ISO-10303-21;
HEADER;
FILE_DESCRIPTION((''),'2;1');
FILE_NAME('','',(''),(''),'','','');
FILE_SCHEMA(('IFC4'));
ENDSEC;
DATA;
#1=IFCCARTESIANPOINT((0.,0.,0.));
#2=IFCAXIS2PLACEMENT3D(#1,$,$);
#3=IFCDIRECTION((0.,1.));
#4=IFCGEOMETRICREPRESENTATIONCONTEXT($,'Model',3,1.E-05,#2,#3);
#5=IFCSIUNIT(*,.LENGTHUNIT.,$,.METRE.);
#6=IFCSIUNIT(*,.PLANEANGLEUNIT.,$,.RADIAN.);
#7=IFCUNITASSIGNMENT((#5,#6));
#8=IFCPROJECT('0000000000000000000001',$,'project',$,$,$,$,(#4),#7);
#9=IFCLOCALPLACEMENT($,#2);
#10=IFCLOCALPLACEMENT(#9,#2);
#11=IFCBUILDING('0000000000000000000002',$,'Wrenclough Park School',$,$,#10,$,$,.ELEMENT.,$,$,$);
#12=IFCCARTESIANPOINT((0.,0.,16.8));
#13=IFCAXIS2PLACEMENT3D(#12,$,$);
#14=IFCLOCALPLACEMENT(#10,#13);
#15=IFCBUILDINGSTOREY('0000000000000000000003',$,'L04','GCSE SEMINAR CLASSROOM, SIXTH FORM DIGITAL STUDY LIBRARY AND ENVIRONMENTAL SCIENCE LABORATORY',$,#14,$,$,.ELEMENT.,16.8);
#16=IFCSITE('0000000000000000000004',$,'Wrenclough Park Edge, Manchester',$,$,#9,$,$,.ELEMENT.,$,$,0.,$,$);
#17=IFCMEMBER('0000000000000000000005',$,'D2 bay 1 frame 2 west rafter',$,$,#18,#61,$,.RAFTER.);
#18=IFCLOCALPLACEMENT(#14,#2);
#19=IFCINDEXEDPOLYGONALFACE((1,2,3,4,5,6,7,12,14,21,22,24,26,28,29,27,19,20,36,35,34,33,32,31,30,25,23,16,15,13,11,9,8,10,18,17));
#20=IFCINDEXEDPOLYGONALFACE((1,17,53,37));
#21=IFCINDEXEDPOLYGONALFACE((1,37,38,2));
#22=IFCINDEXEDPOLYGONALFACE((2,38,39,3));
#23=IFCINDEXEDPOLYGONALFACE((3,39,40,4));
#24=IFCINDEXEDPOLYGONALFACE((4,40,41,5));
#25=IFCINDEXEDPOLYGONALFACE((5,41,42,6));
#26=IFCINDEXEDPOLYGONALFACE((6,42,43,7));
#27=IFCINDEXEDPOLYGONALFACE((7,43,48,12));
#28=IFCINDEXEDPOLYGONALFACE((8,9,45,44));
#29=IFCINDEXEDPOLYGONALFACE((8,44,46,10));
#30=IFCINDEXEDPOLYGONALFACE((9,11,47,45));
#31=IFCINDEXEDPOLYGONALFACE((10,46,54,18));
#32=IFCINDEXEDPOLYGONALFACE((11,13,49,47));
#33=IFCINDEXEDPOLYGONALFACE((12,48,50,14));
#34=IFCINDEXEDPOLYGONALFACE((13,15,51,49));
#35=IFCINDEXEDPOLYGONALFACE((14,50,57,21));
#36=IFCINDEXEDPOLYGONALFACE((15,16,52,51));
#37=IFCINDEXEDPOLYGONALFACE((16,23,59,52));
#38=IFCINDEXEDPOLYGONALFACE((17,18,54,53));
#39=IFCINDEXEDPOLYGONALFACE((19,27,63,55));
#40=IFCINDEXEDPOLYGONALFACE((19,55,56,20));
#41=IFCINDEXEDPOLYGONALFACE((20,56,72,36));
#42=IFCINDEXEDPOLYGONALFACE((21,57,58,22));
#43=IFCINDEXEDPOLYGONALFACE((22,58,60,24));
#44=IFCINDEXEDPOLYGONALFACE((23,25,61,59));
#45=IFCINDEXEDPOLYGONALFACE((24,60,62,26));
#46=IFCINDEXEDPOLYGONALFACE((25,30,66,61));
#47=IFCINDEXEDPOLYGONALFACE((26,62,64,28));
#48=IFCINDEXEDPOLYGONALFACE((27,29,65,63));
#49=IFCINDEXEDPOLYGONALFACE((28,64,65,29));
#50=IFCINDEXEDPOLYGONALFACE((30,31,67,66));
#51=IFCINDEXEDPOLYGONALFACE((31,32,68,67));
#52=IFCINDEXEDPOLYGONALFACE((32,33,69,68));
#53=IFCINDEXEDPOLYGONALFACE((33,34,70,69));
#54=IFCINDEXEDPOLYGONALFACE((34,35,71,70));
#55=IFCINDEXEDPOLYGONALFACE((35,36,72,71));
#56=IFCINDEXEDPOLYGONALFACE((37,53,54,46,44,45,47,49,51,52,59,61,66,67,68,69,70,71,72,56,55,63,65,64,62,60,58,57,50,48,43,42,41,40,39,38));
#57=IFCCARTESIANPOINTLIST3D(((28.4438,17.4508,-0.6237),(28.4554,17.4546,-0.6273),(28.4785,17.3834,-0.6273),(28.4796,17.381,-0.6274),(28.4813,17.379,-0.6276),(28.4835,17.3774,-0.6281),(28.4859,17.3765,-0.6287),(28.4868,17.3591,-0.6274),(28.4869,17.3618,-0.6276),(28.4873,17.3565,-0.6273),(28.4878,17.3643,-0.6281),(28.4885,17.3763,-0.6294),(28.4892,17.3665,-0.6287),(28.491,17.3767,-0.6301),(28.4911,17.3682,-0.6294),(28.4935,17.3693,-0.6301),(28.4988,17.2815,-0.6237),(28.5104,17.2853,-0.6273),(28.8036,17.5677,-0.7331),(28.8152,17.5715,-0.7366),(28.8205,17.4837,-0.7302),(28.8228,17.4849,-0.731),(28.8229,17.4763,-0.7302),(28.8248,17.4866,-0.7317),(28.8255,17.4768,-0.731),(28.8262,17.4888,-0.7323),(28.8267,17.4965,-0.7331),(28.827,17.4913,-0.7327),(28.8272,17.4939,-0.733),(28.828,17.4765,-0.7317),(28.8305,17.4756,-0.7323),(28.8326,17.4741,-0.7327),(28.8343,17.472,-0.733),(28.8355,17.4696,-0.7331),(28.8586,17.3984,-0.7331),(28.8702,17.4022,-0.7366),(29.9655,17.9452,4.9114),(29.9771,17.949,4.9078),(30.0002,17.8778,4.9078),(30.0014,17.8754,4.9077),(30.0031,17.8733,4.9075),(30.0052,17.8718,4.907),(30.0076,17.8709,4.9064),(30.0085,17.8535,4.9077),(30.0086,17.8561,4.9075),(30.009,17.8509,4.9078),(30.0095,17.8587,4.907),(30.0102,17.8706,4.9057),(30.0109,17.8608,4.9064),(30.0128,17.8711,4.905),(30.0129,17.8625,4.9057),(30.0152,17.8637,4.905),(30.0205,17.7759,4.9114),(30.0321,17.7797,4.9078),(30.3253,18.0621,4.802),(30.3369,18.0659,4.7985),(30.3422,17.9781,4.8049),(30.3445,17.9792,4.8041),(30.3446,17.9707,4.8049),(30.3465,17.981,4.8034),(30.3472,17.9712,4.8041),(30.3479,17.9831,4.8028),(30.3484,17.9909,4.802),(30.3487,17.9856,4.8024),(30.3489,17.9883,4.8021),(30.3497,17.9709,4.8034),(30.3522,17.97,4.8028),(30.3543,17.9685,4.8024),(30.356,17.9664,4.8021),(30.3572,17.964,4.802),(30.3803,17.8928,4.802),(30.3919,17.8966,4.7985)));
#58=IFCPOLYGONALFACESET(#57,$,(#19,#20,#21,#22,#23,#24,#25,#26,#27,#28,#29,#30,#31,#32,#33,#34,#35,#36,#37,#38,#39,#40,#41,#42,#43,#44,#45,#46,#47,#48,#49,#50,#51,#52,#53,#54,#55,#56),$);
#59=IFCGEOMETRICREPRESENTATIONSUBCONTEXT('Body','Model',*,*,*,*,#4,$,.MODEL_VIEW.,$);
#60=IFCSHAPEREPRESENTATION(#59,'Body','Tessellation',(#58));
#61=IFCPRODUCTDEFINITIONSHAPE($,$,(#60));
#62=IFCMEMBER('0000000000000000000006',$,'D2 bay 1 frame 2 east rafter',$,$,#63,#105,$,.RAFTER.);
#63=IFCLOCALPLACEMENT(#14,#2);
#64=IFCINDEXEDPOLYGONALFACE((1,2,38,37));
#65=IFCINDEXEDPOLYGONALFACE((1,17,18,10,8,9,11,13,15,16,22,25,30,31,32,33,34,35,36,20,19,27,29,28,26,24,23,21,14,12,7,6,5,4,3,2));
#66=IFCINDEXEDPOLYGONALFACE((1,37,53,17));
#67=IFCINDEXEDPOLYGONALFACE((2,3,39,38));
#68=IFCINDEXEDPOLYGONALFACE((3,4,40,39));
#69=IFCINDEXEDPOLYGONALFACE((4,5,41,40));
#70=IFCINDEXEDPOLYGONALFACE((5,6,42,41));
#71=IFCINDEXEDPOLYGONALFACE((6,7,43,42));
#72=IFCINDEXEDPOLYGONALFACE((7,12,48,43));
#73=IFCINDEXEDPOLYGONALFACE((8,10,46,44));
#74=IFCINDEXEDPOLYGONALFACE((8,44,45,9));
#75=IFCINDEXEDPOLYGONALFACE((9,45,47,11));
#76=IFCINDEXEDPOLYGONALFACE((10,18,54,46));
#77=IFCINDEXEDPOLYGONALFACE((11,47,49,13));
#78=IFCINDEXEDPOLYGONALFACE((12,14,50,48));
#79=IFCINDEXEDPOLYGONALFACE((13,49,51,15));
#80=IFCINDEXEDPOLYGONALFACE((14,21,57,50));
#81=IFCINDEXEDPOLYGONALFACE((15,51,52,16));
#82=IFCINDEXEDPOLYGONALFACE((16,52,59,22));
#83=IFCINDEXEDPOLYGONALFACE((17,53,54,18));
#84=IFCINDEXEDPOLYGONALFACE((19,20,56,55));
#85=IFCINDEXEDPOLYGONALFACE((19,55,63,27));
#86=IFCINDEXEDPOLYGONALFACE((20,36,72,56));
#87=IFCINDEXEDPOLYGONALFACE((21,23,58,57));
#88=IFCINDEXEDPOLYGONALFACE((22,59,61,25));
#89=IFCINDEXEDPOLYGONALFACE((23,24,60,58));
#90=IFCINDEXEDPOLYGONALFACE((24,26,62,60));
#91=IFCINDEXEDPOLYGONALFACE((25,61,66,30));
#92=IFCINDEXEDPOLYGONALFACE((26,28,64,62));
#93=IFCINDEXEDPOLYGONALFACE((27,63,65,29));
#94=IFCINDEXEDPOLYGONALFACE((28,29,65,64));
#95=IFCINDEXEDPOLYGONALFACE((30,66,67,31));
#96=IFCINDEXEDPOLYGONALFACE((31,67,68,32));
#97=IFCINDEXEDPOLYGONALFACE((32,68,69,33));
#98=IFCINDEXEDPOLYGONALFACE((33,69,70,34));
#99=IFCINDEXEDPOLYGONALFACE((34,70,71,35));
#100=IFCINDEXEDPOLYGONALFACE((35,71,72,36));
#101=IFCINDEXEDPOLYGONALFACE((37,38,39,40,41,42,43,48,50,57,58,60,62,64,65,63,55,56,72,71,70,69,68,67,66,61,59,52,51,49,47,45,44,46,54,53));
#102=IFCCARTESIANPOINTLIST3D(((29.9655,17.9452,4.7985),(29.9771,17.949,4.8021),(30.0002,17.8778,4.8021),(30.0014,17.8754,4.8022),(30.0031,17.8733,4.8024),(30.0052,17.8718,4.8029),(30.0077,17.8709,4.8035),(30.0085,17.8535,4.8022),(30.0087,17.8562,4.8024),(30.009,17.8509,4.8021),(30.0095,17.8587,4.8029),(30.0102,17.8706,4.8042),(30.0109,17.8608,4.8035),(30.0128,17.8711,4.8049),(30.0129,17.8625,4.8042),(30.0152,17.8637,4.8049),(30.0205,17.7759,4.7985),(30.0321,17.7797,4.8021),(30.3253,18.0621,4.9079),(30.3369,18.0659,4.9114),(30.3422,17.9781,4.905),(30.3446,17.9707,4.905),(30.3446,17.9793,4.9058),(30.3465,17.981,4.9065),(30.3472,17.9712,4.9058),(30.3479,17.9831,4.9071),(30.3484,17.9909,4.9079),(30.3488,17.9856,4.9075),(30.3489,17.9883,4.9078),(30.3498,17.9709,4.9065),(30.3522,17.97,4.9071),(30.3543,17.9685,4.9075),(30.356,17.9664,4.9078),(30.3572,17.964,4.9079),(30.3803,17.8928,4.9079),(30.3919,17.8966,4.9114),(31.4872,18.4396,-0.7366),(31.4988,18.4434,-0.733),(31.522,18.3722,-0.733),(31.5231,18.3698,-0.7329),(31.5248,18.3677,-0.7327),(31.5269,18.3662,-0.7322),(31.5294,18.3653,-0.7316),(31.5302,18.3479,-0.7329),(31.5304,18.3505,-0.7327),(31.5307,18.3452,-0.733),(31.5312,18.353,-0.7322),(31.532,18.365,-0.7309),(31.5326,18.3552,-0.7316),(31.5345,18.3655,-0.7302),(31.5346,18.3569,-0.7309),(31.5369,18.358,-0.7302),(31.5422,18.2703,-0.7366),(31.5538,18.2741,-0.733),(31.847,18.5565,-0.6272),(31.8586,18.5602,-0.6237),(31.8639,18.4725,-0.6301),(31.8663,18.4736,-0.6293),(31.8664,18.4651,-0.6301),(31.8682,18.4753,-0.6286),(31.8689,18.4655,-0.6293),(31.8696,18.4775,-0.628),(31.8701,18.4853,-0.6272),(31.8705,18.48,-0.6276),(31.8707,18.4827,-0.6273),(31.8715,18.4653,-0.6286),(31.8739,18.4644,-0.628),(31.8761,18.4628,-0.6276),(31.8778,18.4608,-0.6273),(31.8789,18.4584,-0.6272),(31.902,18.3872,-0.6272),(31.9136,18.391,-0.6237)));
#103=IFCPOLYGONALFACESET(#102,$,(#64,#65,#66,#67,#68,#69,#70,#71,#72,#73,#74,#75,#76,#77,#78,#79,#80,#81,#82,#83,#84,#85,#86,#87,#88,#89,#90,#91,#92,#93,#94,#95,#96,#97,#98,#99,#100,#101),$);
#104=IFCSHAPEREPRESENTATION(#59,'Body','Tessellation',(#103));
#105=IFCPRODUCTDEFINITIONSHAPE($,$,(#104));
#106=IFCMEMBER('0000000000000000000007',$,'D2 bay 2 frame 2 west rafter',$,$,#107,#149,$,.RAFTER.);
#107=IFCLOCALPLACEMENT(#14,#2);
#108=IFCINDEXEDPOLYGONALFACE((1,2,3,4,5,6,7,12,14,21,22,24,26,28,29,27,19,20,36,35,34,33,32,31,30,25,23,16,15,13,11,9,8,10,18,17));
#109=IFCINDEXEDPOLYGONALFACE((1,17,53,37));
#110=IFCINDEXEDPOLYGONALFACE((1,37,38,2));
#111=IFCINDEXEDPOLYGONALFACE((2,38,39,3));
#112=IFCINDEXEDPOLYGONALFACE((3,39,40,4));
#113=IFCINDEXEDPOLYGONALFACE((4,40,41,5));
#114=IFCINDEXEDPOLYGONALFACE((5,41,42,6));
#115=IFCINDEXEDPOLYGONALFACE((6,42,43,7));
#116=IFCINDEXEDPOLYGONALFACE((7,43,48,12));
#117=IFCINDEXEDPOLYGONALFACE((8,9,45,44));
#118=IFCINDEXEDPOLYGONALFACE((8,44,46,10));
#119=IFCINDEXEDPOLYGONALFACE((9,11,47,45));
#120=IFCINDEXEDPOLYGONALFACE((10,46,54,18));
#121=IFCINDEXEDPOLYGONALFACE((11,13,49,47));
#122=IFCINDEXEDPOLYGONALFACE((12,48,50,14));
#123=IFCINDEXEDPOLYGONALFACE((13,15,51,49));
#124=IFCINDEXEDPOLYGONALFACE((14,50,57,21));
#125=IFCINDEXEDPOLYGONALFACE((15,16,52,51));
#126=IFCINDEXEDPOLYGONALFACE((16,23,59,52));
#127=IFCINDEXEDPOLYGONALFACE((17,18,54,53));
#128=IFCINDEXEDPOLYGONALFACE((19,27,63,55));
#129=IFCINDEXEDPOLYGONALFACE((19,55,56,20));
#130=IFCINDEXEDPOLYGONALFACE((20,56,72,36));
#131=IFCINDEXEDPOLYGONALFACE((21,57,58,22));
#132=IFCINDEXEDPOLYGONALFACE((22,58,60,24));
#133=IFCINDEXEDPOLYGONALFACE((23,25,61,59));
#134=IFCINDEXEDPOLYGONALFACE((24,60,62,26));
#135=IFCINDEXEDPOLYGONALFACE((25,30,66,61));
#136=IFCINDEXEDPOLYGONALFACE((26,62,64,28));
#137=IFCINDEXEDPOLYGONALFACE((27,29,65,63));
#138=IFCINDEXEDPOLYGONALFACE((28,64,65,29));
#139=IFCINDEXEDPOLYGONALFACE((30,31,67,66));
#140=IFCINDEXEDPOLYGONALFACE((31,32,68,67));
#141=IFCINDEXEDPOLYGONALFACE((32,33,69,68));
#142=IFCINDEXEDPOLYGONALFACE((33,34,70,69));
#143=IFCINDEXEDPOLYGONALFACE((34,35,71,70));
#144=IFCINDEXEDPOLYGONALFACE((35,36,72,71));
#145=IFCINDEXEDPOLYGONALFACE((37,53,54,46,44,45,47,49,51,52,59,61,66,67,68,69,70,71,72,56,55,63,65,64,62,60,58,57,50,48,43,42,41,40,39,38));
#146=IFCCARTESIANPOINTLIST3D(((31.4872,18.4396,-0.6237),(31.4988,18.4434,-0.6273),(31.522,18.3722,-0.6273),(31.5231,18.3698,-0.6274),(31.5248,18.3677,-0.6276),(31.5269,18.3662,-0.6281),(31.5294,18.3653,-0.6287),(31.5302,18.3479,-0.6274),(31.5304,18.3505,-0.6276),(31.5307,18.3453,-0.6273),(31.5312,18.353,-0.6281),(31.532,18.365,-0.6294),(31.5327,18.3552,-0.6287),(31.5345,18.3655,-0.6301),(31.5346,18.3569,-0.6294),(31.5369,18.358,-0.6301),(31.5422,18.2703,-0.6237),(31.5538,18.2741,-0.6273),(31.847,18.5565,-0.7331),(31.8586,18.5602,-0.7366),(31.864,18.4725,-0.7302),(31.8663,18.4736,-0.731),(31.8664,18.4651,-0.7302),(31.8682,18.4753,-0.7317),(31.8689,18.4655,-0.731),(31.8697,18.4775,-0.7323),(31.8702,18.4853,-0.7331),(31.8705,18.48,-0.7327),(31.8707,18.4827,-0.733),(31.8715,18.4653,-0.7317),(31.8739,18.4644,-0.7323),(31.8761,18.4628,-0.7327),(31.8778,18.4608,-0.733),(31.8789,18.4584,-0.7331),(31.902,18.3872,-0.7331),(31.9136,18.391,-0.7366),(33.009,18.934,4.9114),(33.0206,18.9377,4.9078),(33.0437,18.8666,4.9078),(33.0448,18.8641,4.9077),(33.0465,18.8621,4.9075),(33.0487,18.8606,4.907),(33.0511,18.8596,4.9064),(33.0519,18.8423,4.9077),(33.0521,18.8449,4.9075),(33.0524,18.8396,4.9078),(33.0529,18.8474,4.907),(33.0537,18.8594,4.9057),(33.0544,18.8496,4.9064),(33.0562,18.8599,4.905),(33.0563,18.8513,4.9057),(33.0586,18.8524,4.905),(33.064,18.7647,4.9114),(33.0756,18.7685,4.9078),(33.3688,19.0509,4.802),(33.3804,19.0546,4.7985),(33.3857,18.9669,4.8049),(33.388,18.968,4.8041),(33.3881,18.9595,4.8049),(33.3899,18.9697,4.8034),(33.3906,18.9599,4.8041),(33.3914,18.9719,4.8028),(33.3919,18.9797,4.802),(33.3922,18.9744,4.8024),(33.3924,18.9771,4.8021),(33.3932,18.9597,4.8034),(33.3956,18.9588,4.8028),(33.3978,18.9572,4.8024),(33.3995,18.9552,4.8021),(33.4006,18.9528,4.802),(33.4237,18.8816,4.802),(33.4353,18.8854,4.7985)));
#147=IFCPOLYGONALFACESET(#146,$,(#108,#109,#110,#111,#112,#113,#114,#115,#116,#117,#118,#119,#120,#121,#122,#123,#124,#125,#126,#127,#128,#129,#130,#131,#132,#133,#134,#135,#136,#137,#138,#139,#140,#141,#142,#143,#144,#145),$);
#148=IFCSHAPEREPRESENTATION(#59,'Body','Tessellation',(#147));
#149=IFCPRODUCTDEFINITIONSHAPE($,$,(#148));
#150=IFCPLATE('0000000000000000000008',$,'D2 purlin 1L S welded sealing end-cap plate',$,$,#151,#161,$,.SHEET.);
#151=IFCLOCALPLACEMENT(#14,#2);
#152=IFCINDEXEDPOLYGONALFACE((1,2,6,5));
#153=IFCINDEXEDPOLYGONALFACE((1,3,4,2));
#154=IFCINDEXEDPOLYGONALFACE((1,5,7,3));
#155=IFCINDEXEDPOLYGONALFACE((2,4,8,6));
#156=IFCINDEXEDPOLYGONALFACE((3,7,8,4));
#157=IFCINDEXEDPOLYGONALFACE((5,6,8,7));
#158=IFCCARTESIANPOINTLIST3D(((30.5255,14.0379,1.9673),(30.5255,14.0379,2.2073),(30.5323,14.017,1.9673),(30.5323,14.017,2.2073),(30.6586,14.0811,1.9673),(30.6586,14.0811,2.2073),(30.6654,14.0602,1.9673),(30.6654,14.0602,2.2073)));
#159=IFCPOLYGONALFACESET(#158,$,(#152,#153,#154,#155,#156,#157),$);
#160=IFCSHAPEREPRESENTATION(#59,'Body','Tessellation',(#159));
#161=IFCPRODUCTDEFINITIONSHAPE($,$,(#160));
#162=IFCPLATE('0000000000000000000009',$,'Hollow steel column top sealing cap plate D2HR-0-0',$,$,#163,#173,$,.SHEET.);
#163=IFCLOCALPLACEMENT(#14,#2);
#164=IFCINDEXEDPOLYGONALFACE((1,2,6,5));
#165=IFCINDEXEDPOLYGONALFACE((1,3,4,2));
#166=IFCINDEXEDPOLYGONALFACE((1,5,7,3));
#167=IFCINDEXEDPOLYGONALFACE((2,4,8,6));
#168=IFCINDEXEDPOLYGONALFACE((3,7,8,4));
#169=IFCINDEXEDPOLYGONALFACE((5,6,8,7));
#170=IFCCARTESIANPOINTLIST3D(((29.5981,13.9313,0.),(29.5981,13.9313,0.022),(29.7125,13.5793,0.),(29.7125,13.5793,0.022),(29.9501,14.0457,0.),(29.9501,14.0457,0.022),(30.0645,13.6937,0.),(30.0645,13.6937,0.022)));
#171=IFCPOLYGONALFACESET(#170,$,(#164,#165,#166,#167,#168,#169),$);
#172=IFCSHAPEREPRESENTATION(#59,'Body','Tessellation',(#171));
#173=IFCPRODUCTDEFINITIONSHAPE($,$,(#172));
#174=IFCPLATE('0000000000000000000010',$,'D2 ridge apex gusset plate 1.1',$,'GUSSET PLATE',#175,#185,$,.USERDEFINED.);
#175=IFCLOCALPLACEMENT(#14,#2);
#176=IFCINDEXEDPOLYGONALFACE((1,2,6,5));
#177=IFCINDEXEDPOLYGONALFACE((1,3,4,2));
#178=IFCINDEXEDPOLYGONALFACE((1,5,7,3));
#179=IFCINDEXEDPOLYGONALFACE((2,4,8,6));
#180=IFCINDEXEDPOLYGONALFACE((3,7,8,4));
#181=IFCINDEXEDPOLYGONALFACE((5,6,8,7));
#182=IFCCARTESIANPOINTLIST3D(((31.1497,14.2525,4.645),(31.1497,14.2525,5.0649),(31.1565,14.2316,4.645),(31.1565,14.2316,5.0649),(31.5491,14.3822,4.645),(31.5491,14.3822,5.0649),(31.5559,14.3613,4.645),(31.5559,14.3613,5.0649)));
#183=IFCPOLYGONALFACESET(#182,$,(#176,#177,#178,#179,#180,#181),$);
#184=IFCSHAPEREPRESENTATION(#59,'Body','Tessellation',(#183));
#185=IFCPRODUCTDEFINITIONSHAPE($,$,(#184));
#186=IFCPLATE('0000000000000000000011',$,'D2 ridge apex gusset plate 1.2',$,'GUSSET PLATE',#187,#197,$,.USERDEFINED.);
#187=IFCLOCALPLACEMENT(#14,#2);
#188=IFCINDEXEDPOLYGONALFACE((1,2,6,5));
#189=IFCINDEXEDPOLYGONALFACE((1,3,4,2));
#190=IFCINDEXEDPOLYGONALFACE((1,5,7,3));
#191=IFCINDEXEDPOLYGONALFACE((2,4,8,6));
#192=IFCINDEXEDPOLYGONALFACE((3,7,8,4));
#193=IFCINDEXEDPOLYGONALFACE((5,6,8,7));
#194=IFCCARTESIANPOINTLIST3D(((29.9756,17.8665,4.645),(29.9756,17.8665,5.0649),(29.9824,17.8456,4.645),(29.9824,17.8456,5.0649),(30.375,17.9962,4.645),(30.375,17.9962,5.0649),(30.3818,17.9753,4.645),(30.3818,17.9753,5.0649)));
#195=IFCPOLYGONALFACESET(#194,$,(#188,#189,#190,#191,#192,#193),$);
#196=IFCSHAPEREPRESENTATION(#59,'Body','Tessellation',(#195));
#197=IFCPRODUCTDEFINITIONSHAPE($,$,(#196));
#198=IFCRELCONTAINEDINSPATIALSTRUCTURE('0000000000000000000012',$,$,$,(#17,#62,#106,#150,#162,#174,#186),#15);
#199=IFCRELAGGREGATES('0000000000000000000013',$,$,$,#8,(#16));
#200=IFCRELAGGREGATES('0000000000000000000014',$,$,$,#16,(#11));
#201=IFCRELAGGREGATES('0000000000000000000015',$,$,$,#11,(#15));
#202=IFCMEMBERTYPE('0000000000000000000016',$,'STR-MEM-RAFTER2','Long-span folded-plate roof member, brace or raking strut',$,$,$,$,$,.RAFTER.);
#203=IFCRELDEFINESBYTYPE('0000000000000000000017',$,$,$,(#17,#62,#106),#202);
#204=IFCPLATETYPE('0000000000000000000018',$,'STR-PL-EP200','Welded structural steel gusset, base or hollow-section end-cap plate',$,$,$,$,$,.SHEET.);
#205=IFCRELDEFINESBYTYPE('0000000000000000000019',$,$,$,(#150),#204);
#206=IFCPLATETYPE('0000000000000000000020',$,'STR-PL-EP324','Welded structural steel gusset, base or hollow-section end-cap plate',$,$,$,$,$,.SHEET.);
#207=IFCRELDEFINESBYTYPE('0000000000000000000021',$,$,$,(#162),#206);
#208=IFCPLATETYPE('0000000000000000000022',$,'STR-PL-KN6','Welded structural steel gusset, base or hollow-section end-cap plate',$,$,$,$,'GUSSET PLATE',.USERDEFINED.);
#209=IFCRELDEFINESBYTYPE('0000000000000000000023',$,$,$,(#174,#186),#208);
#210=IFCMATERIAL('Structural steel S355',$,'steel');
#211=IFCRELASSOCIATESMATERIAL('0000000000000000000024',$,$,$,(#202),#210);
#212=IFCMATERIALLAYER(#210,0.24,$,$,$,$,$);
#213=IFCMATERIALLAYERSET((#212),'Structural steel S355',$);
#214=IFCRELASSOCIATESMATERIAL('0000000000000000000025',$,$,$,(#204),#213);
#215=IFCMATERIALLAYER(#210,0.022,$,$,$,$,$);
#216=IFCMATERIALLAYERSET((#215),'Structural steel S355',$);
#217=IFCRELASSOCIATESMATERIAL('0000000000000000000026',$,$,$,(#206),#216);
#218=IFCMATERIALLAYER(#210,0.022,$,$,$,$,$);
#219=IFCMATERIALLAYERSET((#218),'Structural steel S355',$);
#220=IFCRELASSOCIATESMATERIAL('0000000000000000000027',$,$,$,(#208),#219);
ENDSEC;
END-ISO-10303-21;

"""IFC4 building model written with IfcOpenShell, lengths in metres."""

from ifc_helpers import new_model, si_unit, direction, frame, origin, origin_2d, place, context, subcontext, project, spatial, rectangle, i_section, extrude, material, layer, layer_set, material_profile, profile_set, type_object, element, save


model = new_model("IFC4")

# Units and contexts
model_context = context("Model", 3, precision=1e-05, world=origin(), true_north=direction((0.0, 1.0)))
body_context = subcontext(model_context, "Body", "Model", "MODEL_VIEW")
ifc_project = project(units=[si_unit("LENGTHUNIT", "METRE"), si_unit("PLANEANGLEUNIT", "RADIAN")], contexts=[model_context])

# Site, building, storey
site_placement = place(None, origin())
site = spatial("IfcSite", under=ifc_project, at=site_placement, Name="Wrenclough Park Edge, Manchester", CompositionType="ELEMENT", RefElevation=0.0)
building_placement = place(site_placement, origin())
building = spatial("IfcBuilding", under=site, at=building_placement, Name="Wrenclough Park School", CompositionType="ELEMENT")
storey_placement = place(building_placement, frame((0.0, 0.0, 16.8)))
storey = spatial("IfcBuildingStorey", under=building, at=storey_placement, Name="L04", Description="GCSE SEMINAR CLASSROOM, SIXTH FORM DIGITAL STUDY LIBRARY AND ENVIRONMENTAL SCIENCE LABORATORY", CompositionType="ELEMENT", Elevation=16.8)

# Shared definitions
ifc_material_1 = material(Name="Structural steel S355", Category="steel")

# Members
ifc_material_profile_1 = material_profile(ifc_material_1, i_section(OverallWidth=0.178, OverallDepth=0.4065, WebThickness=0.0078, FlangeThickness=0.0127, FilletRadius=0.0103, at=origin_2d()), Name="UKB 406x178x60")
ifc_profile_set_1 = profile_set([ifc_material_profile_1], Name="Structural steel S355")
member_type_1 = type_object("IfcMemberType", Name="STR-MEM-RAFTER2", Description="Long-span folded-plate roof member, brace or raking strut", PredefinedType="RAFTER", material=ifc_profile_set_1)
for number, where, z_axis, x_axis, name in (
    (1, (28.657, 17.4265, -0.6802), (0.264108, 0.085804, 0.960669), (-0.308986, 0.951067, 0.0), "D2 bay 1 frame 2 west rafter"),
    (2, (30.1787, 17.9209, 4.855), (0.264108, 0.085804, -0.960669), (-0.308986, 0.951067, 0.0), "D2 bay 1 frame 2 east rafter"),
    (3, (31.7004, 18.4153, -0.6802), (0.264108, 0.085804, 0.960669), (-0.308986, 0.951067, 0.0), "D2 bay 2 frame 2 west rafter"),
):
    element("IfcMember", number, at=place(storey_placement, frame(where, z_axis=z_axis, x_axis=x_axis)), inside=storey, type_object=member_type_1, Name=name, PredefinedType="RAFTER", context=body_context, shape_type="SweptSolid", body=[
        extrude(i_section(OverallWidth=0.178, OverallDepth=0.4065, WebThickness=0.0078, FlangeThickness=0.0127, FilletRadius=0.0103, at=origin_2d()), origin(), (0.0, 0.0, 1.0), 5.7617),
    ])

# Plates
ifc_layer_1 = layer(ifc_material_1, 0.24)
ifc_layer_set_1 = layer_set([ifc_layer_1], Name="Structural steel S355")
plate_type_1 = type_object("IfcPlateType", Name="STR-PL-EP200", Description="Welded structural steel gusset, base or hollow-section end-cap plate", PredefinedType="SHEET", material=ifc_layer_set_1)
plate_1_placement = place(storey_placement, frame((30.5955, 14.0491, 1.9673), z_axis=(0.0, 0.0, 1.0), x_axis=(-0.309017, 0.951057, 0.0)))
element("IfcPlate", 4, at=plate_1_placement, inside=storey, type_object=plate_type_1, Name="D2 purlin 1L S welded sealing end-cap plate", PredefinedType="SHEET", context=body_context, shape_type="SweptSolid", body=[
    extrude(rectangle(XDim=0.022, YDim=0.1399, at=origin_2d()), origin(), (0.0, 0.0, 1.0), 0.24),
])
ifc_layer_2 = layer(ifc_material_1, 0.022)
ifc_layer_set_2 = layer_set([ifc_layer_2], Name="Structural steel S355")
plate_type_2 = type_object("IfcPlateType", Name="STR-PL-EP324", Description="Welded structural steel gusset, base or hollow-section end-cap plate", PredefinedType="SHEET", material=ifc_layer_set_2)
plate_2_placement = place(storey_placement, frame((29.8313, 13.8125, 0.0), z_axis=(0.0, 0.0, 1.0), x_axis=(0.951057, 0.309017, 0.0)))
element("IfcPlate", 5, at=plate_2_placement, inside=storey, type_object=plate_type_2, Name="Hollow steel column top sealing cap plate D2HR-0-0", PredefinedType="SHEET", context=body_context, shape_type="SweptSolid", body=[
    extrude(rectangle(XDim=0.3701, YDim=0.3701, at=origin_2d()), origin(), (0.0, 0.0, 1.0), 0.022),
])
ifc_layer_3 = layer(ifc_material_1, 0.022)
ifc_layer_set_3 = layer_set([ifc_layer_3], Name="Structural steel S355")
plate_type_3 = type_object("IfcPlateType", Name="STR-PL-KN6", Description="Welded structural steel gusset, base or hollow-section end-cap plate", ElementType="GUSSET PLATE", PredefinedType="USERDEFINED", material=ifc_layer_set_3)
for number, where, z_axis, x_axis, name in (
    (6, (31.3528, 14.3069, 4.645), (0.0, 0.0, 1.0), (0.951057, 0.309017, 0.0), "D2 ridge apex gusset plate 1.1"),
    (7, (30.1787, 17.9209, 4.645), (0.0, 0.0, 1.0), (0.951057, 0.309017, 0.0), "D2 ridge apex gusset plate 1.2"),
):
    element("IfcPlate", number, at=place(storey_placement, frame(where, z_axis=z_axis, x_axis=x_axis)), inside=storey, type_object=plate_type_3, Name=name, ObjectType="GUSSET PLATE", PredefinedType="USERDEFINED", context=body_context, shape_type="SweptSolid", body=[
        extrude(rectangle(XDim=0.4199, YDim=0.022, at=origin_2d()), origin(), (0.0, 0.0, 1.0), 0.4199),
    ])

save(model, "model.ifc")
